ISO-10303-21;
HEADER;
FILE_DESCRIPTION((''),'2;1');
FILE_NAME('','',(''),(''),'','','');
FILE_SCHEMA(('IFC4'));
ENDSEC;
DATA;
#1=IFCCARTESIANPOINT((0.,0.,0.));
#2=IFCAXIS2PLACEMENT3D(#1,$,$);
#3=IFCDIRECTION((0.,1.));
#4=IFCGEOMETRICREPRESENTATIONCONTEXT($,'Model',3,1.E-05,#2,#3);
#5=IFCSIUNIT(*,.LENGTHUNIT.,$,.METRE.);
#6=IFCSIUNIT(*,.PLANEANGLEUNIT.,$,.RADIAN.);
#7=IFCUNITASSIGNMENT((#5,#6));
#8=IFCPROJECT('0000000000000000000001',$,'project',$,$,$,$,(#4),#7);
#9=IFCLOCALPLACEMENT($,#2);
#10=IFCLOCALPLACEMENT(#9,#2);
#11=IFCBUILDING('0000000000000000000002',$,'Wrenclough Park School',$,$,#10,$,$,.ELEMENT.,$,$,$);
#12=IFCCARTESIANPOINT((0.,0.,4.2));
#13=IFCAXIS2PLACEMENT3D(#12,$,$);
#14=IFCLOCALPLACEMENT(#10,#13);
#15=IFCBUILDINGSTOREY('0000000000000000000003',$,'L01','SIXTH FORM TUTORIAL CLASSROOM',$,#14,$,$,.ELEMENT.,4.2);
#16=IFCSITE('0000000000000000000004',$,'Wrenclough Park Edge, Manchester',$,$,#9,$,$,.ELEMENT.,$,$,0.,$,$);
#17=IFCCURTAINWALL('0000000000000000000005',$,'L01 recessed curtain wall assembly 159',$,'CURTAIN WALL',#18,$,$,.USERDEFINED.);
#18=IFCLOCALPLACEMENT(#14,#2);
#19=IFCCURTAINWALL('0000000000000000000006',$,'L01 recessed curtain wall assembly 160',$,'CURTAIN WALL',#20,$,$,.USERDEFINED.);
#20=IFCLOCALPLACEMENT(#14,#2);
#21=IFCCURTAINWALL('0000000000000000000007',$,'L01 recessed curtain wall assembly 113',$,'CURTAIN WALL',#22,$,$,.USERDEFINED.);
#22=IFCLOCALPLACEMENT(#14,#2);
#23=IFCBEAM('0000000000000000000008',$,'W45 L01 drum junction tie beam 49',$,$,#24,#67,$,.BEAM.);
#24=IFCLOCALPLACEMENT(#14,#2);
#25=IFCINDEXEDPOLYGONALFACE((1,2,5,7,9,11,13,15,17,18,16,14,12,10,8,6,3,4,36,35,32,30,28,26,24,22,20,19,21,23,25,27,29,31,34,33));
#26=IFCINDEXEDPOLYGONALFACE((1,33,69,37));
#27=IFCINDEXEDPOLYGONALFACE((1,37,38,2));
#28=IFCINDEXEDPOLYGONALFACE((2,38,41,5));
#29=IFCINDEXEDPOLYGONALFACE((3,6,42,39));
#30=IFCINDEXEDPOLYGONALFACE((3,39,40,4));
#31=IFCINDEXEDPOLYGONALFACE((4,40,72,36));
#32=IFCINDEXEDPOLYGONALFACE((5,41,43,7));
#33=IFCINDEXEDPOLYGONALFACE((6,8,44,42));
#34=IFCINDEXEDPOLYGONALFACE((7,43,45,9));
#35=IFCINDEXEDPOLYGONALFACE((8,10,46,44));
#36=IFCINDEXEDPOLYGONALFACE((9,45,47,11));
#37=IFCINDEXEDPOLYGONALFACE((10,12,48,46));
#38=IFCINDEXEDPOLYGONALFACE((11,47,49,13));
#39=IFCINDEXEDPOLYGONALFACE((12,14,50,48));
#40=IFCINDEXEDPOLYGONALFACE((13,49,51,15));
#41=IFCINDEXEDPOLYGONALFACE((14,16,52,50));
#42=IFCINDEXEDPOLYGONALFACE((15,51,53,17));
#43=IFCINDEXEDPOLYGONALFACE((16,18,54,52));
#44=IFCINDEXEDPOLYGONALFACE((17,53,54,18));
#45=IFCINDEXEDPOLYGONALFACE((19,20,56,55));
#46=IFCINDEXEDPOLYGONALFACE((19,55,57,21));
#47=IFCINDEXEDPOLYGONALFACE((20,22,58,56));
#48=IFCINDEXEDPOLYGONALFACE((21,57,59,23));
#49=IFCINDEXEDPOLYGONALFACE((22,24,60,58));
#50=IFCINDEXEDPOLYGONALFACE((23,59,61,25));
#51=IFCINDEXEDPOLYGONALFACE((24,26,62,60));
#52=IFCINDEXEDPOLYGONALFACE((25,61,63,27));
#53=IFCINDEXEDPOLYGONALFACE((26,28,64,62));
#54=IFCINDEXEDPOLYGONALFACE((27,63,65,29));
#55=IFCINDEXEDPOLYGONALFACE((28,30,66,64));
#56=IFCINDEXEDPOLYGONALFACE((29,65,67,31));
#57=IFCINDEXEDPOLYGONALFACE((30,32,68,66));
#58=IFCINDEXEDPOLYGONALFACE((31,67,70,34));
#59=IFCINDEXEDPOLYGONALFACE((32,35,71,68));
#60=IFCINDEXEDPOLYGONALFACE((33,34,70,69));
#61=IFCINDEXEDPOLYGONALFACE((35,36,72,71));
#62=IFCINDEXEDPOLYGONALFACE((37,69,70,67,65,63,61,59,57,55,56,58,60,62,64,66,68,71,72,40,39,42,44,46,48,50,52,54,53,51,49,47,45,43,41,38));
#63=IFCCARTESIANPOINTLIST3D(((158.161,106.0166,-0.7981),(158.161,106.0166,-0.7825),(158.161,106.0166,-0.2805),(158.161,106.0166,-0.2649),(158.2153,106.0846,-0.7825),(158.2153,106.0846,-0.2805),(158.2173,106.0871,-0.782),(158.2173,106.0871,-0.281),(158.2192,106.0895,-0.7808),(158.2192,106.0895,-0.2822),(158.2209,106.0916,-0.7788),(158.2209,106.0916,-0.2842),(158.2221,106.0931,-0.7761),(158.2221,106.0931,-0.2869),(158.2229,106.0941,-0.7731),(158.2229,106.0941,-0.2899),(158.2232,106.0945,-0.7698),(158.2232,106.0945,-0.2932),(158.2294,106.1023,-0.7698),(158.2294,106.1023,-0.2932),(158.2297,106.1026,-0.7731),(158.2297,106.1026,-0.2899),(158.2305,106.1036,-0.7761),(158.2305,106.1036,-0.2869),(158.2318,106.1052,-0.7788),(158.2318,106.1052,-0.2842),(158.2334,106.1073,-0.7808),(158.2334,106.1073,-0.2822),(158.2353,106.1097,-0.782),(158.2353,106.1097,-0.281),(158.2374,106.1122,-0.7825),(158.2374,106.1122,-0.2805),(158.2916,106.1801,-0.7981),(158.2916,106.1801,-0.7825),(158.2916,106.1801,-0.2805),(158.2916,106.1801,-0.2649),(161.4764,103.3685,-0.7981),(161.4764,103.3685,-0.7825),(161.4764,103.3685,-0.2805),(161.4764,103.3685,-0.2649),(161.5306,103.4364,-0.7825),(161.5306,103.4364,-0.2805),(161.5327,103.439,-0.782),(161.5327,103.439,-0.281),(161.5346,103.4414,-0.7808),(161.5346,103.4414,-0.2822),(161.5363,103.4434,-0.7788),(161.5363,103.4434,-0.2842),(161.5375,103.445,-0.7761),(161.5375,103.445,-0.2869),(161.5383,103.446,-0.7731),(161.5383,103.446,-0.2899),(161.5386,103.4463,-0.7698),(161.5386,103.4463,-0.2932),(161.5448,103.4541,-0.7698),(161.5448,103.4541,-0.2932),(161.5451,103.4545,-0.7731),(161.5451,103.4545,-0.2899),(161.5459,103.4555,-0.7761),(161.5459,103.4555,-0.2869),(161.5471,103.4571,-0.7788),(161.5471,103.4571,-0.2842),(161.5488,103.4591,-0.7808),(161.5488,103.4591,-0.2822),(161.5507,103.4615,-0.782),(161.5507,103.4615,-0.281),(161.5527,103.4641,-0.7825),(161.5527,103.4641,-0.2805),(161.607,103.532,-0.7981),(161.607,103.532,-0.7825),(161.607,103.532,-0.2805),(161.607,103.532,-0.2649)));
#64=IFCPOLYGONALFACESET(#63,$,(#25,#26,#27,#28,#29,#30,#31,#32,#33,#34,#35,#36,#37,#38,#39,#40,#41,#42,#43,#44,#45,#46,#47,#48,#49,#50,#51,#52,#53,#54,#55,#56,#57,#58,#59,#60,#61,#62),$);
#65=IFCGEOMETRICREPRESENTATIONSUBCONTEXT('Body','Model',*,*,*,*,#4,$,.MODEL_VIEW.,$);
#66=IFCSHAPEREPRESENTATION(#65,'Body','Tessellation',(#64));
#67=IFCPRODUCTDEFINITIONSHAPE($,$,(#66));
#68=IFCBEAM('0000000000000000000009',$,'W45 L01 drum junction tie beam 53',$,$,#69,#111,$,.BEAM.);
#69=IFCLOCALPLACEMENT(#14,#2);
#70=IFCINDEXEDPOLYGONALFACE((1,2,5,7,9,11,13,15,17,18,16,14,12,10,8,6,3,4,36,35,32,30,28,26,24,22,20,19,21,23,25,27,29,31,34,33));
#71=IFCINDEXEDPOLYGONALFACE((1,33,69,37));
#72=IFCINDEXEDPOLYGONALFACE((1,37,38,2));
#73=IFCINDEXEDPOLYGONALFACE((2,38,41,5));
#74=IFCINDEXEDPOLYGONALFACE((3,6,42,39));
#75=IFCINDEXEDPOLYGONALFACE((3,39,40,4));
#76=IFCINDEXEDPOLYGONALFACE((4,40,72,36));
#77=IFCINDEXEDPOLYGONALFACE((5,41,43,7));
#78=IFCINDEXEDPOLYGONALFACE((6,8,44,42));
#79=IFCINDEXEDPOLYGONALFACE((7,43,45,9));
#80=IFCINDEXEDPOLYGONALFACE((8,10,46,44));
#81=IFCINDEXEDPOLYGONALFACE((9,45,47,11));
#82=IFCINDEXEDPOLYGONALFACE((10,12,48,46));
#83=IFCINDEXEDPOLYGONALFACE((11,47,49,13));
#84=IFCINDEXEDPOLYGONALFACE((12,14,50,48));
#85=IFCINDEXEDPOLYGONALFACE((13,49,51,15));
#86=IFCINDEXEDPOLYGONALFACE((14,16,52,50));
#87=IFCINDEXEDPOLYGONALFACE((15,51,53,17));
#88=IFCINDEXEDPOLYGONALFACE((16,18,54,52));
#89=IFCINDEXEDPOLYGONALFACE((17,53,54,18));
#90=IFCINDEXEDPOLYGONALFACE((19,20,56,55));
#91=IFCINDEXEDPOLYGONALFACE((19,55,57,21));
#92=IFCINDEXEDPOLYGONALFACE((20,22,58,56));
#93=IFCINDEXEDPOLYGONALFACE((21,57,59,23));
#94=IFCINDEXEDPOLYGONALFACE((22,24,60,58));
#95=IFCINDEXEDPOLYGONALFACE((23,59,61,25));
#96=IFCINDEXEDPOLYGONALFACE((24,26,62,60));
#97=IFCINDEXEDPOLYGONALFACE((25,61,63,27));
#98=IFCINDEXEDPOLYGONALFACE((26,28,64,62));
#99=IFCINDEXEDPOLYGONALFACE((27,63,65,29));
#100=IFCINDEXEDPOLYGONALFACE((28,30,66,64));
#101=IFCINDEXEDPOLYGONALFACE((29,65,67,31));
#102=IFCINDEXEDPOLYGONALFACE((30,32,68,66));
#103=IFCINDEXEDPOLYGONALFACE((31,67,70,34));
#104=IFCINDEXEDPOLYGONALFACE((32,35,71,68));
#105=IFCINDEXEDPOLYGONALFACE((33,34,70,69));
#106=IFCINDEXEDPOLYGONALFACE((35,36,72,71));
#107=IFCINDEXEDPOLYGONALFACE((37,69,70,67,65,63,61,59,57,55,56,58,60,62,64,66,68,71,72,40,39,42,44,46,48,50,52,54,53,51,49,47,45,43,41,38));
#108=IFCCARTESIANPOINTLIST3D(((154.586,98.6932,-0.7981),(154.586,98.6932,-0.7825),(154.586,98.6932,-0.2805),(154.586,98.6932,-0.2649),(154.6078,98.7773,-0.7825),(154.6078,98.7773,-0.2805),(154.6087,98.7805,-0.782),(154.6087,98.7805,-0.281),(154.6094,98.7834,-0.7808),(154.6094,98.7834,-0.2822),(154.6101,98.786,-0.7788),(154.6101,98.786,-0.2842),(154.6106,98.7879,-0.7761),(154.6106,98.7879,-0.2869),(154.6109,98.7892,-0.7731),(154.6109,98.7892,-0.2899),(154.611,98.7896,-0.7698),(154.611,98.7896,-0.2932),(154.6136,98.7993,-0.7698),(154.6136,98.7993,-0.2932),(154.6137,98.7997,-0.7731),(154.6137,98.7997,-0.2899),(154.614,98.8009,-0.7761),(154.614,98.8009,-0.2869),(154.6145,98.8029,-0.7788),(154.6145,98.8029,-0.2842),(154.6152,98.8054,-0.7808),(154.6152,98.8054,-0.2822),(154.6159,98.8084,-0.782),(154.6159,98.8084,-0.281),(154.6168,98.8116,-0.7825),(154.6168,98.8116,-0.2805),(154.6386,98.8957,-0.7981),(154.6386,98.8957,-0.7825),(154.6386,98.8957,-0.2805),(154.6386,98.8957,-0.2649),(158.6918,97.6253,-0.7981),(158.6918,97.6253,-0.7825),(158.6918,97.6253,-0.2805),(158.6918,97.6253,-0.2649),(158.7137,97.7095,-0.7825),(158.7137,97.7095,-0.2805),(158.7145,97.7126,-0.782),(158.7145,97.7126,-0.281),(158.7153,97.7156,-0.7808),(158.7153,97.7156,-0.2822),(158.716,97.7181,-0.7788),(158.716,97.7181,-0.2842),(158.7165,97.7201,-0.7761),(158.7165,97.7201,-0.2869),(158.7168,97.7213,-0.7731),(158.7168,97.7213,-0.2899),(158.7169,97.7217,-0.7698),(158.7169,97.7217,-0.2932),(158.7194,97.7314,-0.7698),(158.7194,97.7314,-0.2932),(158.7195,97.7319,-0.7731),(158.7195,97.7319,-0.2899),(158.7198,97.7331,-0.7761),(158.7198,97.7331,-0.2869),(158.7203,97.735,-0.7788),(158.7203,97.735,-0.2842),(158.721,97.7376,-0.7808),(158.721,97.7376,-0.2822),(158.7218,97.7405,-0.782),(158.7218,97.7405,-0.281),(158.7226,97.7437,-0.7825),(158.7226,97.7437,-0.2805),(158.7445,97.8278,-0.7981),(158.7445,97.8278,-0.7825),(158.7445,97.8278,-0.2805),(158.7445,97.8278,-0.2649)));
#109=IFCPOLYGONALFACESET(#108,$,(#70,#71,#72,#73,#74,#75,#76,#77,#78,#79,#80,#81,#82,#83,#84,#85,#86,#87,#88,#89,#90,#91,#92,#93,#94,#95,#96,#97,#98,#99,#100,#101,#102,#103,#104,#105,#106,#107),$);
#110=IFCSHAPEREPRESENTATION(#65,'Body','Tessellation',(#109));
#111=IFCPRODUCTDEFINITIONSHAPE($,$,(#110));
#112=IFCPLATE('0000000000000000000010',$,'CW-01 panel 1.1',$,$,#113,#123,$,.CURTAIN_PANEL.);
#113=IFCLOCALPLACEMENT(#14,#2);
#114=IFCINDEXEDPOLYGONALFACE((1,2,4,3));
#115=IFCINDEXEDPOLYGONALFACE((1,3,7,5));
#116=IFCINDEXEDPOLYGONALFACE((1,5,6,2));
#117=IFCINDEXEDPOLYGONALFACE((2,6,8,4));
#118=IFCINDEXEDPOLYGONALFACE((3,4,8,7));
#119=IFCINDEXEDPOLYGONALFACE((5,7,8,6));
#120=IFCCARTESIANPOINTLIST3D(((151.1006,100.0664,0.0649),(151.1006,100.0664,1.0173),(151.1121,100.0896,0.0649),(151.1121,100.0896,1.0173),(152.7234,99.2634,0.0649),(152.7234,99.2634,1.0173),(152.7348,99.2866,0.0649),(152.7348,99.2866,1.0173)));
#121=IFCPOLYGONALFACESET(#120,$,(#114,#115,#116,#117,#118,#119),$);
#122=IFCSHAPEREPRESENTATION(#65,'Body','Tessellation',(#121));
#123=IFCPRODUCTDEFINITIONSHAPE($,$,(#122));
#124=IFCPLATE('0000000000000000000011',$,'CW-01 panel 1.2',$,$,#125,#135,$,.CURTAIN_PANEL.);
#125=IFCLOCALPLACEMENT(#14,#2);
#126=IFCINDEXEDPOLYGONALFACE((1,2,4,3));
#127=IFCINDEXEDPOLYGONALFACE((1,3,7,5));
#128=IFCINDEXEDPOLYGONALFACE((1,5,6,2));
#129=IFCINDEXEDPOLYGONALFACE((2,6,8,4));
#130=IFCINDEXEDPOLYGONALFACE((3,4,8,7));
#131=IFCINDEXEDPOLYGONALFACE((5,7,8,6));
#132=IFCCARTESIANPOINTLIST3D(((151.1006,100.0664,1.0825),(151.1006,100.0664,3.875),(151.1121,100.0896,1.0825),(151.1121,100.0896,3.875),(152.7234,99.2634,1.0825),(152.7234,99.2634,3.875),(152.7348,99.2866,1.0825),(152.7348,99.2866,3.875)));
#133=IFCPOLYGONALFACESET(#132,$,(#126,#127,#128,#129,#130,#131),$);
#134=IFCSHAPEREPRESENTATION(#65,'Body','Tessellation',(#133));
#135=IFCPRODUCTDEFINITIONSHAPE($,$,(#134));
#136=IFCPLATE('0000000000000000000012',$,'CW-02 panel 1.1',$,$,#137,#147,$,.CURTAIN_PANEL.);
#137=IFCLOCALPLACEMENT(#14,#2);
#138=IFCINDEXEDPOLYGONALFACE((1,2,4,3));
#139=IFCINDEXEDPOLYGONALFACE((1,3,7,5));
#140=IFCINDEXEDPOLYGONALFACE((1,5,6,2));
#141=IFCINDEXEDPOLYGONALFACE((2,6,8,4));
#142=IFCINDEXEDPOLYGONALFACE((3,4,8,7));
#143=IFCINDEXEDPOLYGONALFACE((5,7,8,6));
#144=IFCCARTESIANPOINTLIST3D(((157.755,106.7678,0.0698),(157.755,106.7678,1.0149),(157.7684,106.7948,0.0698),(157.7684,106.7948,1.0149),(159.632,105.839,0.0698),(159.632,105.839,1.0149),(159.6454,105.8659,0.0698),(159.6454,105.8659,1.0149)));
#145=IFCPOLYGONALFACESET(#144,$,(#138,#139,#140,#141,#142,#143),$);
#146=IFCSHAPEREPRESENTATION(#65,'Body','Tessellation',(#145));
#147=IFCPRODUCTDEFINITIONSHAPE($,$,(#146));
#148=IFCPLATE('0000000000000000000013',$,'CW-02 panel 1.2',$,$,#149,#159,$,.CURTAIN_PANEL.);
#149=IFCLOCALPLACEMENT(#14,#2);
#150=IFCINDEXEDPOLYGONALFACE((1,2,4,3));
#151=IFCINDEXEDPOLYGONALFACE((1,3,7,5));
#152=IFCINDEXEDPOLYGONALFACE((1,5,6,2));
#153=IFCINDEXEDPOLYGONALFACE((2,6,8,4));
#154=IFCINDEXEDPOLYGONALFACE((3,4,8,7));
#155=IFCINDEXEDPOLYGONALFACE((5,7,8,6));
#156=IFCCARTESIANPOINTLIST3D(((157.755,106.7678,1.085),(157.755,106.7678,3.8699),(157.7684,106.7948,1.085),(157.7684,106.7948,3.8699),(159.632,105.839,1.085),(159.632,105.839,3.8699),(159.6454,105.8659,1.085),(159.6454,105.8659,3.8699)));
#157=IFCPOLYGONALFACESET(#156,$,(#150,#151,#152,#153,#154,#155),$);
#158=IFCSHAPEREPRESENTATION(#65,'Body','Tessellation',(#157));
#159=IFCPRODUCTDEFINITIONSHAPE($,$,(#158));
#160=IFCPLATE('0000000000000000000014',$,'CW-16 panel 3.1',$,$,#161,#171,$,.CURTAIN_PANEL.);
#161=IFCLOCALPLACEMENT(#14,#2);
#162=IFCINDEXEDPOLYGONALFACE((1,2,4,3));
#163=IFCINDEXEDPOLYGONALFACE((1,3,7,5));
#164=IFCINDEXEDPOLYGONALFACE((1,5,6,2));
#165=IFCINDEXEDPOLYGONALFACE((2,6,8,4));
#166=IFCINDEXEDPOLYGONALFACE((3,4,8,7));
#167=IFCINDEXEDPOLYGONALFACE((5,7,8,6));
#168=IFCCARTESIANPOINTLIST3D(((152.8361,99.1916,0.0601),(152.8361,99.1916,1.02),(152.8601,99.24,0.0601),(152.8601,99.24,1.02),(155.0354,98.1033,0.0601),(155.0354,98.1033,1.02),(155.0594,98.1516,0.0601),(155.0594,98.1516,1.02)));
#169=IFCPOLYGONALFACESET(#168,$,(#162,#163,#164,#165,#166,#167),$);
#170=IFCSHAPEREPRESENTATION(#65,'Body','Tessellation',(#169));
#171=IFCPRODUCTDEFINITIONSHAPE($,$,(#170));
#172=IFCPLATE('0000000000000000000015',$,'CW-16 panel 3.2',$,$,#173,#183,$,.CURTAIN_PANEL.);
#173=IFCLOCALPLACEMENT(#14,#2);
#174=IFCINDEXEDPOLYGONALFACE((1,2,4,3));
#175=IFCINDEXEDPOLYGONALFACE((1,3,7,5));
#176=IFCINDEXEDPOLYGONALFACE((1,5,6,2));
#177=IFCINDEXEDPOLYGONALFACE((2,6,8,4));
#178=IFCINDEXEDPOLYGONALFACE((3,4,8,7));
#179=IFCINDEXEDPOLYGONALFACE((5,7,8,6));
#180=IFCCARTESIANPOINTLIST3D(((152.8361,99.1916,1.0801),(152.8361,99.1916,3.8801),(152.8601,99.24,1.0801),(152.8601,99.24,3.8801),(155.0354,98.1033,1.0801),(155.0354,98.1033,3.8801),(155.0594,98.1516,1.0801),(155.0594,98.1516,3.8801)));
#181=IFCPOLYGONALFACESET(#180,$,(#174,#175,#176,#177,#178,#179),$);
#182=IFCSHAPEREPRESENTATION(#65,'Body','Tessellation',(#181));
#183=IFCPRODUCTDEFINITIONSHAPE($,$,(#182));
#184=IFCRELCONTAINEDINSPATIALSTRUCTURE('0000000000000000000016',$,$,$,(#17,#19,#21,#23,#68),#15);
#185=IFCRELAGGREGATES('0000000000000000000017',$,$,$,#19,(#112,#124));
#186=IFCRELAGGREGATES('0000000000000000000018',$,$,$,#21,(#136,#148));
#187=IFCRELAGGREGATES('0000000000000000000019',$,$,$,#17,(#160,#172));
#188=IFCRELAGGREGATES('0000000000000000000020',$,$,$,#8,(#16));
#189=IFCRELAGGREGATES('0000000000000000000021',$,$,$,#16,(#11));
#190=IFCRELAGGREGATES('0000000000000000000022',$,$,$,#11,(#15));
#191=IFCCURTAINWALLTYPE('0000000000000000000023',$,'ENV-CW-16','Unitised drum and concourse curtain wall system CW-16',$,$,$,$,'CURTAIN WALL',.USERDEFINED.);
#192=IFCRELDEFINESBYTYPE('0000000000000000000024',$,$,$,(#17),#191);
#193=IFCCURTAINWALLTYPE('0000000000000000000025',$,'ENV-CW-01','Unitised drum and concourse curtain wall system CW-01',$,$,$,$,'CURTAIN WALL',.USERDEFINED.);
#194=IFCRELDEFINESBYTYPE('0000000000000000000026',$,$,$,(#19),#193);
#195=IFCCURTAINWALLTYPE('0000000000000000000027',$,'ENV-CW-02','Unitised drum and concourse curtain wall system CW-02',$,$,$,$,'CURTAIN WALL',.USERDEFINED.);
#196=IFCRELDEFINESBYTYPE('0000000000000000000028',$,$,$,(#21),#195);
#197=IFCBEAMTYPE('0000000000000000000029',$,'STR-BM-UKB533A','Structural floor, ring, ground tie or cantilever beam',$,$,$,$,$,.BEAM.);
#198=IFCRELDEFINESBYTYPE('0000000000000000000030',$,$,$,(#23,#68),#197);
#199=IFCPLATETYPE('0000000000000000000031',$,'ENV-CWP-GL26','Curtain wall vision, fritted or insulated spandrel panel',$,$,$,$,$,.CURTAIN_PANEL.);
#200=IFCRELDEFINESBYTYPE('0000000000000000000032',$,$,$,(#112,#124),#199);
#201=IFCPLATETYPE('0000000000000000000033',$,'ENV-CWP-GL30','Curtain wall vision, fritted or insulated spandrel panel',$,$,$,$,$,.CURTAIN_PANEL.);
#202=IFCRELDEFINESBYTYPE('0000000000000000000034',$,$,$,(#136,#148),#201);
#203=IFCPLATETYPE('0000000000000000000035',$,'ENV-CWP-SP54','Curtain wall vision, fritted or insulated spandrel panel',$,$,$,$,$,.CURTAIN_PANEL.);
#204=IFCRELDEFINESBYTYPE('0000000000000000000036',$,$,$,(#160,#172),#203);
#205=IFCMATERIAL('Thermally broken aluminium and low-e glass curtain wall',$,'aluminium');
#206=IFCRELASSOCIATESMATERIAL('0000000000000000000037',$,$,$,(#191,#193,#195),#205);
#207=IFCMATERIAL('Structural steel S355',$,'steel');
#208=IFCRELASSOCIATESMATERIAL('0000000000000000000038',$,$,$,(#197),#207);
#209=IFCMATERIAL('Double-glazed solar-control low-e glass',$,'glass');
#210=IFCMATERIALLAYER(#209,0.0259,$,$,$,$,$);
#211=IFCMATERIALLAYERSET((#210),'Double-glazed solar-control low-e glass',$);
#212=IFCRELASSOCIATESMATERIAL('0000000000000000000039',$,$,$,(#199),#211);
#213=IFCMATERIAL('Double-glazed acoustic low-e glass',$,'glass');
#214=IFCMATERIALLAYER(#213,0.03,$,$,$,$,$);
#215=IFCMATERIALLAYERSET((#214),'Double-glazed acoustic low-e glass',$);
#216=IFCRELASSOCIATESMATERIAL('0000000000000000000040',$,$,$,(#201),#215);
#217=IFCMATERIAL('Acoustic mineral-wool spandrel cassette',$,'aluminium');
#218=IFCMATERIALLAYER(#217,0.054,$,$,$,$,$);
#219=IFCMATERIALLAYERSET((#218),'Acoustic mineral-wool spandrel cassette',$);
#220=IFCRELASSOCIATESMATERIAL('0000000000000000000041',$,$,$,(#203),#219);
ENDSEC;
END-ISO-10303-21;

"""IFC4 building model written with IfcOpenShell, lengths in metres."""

from ifc_helpers import new_model, si_unit, direction, frame, origin, origin_2d, place, context, subcontext, project, spatial, rectangle, i_section, extrude, material, layer, layer_set, material_profile, profile_set, type_object, element, aggregate, save


model = new_model("IFC4")

# Units and contexts
model_context = context("Model", 3, precision=1e-05, world=origin(), true_north=direction((0.0, 1.0)))
body_context = subcontext(model_context, "Body", "Model", "MODEL_VIEW")
ifc_project = project(units=[si_unit("LENGTHUNIT", "METRE"), si_unit("PLANEANGLEUNIT", "RADIAN")], contexts=[model_context])

# Site, building, storey
site_placement = place(None, origin())
site = spatial("IfcSite", under=ifc_project, at=site_placement, Name="Wrenclough Park Edge, Manchester", CompositionType="ELEMENT", RefElevation=0.0)
building_placement = place(site_placement, origin())
building = spatial("IfcBuilding", under=site, at=building_placement, Name="Wrenclough Park School", CompositionType="ELEMENT")
storey_placement = place(building_placement, frame((0.0, 0.0, 4.2)))
storey = spatial("IfcBuildingStorey", under=building, at=storey_placement, Name="L01", Description="SIXTH FORM TUTORIAL CLASSROOM", CompositionType="ELEMENT", Elevation=4.2)

# Shared definitions
ifc_material_1 = material(Name="Structural steel S355", Category="steel")

# Curtain wall
ifc_material_2 = material(Name="Thermally broken aluminium and low-e glass curtain wall", Category="aluminium")
curtain_wall_type_1 = type_object("IfcCurtainWallType", Name="ENV-CW-16", Description="Unitised drum and concourse curtain wall system CW-16", ElementType="CURTAIN WALL", PredefinedType="USERDEFINED", material=ifc_material_2)
curtain_wall_1_placement = place(storey_placement, origin())
curtain_wall_1 = element("IfcCurtainWall", 1, at=curtain_wall_1_placement, inside=storey, type_object=curtain_wall_type_1, Name="L01 recessed curtain wall assembly 159", ObjectType="CURTAIN WALL", PredefinedType="USERDEFINED")

# Curtain wall
curtain_wall_type_2 = type_object("IfcCurtainWallType", Name="ENV-CW-01", Description="Unitised drum and concourse curtain wall system CW-01", ElementType="CURTAIN WALL", PredefinedType="USERDEFINED", material=ifc_material_2)
curtain_wall_2_placement = place(storey_placement, origin())
curtain_wall_2 = element("IfcCurtainWall", 2, at=curtain_wall_2_placement, inside=storey, type_object=curtain_wall_type_2, Name="L01 recessed curtain wall assembly 160", ObjectType="CURTAIN WALL", PredefinedType="USERDEFINED")

# Curtain wall
curtain_wall_type_3 = type_object("IfcCurtainWallType", Name="ENV-CW-02", Description="Unitised drum and concourse curtain wall system CW-02", ElementType="CURTAIN WALL", PredefinedType="USERDEFINED", material=ifc_material_2)
curtain_wall_3_placement = place(storey_placement, origin())
curtain_wall_3 = element("IfcCurtainWall", 3, at=curtain_wall_3_placement, inside=storey, type_object=curtain_wall_type_3, Name="L01 recessed curtain wall assembly 113", ObjectType="CURTAIN WALL", PredefinedType="USERDEFINED")

# Beams
ifc_material_profile_1 = material_profile(ifc_material_1, i_section(OverallWidth=0.2092, OverallDepth=0.5332, WebThickness=0.01, FlangeThickness=0.0156, FilletRadius=0.0127, at=origin_2d()), Name="UKB 533x210x92")
ifc_profile_set_1 = profile_set([ifc_material_profile_1], Name="Structural steel S355")
beam_type = type_object("IfcBeamType", Name="STR-BM-UKB533A", Description="Structural floor, ring, ground tie or cantilever beam", PredefinedType="BEAM", material=ifc_profile_set_1)
beam_1_placement = place(storey_placement, frame((158.2263, 106.0984, -0.5315), z_axis=(0.781346, -0.624098, 0.0), x_axis=(0.624098, 0.781346, 0.0)))
element("IfcBeam", 4, at=beam_1_placement, inside=storey, type_object=beam_type, Name="W45 L01 drum junction tie beam 49", PredefinedType="BEAM", context=body_context, shape_type="SweptSolid", body=[
    extrude(i_section(OverallWidth=0.2092, OverallDepth=0.5332, WebThickness=0.01, FlangeThickness=0.0156, FilletRadius=0.0127, at=origin_2d()), origin(), (0.0, 0.0, 1.0), 4.2432),
])
beam_2_placement = place(storey_placement, frame((154.6123, 98.7944, -0.5315), z_axis=(0.967804, -0.251705, 0.0), x_axis=(0.251705, 0.967804, 0.0)))
element("IfcBeam", 5, at=beam_2_placement, inside=storey, type_object=beam_type, Name="W45 L01 drum junction tie beam 53", PredefinedType="BEAM", context=body_context, shape_type="SweptSolid", body=[
    extrude(i_section(OverallWidth=0.2092, OverallDepth=0.5332, WebThickness=0.01, FlangeThickness=0.0156, FilletRadius=0.0127, at=origin_2d()), origin(), (0.0, 0.0, 1.0), 4.2424),
])

# Plates
ifc_material_3 = material(Name="Double-glazed solar-control low-e glass", Category="glass")
ifc_layer_1 = layer(ifc_material_3, 0.0259)
ifc_layer_set_1 = layer_set([ifc_layer_1], Name="Double-glazed solar-control low-e glass")
plate_type_1 = type_object("IfcPlateType", Name="ENV-CWP-GL26", Description="Curtain wall vision, fritted or insulated spandrel panel", PredefinedType="CURTAIN_PANEL", material=ifc_layer_set_1)
plate_1_placement = place(storey_placement, frame((151.9177, 99.6765, 0.0649), z_axis=(0.0, 0.0, 1.0), x_axis=(-0.896272, 0.443504, 0.0)))
plate_1 = element("IfcPlate", 6, at=plate_1_placement, type_object=plate_type_1, Name="CW-01 panel 1.1", PredefinedType="CURTAIN_PANEL", context=body_context, shape_type="SweptSolid", body=[
    extrude(rectangle(XDim=1.8105, YDim=0.0259, at=origin_2d()), origin(), (0.0, 0.0, 1.0), 0.9524),
])
plate_2_placement = place(storey_placement, frame((151.9177, 99.6765, 1.0825), z_axis=(0.0, 0.0, 1.0), x_axis=(-0.896272, 0.443504, 0.0)))
plate_2 = element("IfcPlate", 7, at=plate_2_placement, type_object=plate_type_1, Name="CW-01 panel 1.2", PredefinedType="CURTAIN_PANEL", context=body_context, shape_type="SweptSolid", body=[
    extrude(rectangle(XDim=1.8105, YDim=0.0259, at=origin_2d()), origin(), (0.0, 0.0, 1.0), 2.7925),
])
aggregate(curtain_wall_2, [plate_1, plate_2])
ifc_material_4 = material(Name="Double-glazed acoustic low-e glass", Category="glass")
ifc_layer_2 = layer(ifc_material_4, 0.03)
ifc_layer_set_2 = layer_set([ifc_layer_2], Name="Double-glazed acoustic low-e glass")
plate_type_2 = type_object("IfcPlateType", Name="ENV-CWP-GL30", Description="Curtain wall vision, fritted or insulated spandrel panel", PredefinedType="CURTAIN_PANEL", material=ifc_layer_set_2)
plate_3_placement = place(storey_placement, frame((158.7002, 106.3169, 0.0698), z_axis=(0.0, 0.0, 1.0), x_axis=(0.896269, -0.443511, 0.0)))
plate_3 = element("IfcPlate", 8, at=plate_3_placement, type_object=plate_type_2, Name="CW-02 panel 1.1", PredefinedType="CURTAIN_PANEL", context=body_context, shape_type="SweptSolid", body=[
    extrude(rectangle(XDim=2.0942, YDim=0.03, at=origin_2d()), origin(), (0.0, 0.0, 1.0), 0.9451),
])
plate_4_placement = place(storey_placement, frame((158.7002, 106.3169, 1.085), z_axis=(0.0, 0.0, 1.0), x_axis=(0.896269, -0.443511, 0.0)))
plate_4 = element("IfcPlate", 9, at=plate_4_placement, type_object=plate_type_2, Name="CW-02 panel 1.2", PredefinedType="CURTAIN_PANEL", context=body_context, shape_type="SweptSolid", body=[
    extrude(rectangle(XDim=2.0942, YDim=0.03, at=origin_2d()), origin(), (0.0, 0.0, 1.0), 2.7849),
])
aggregate(curtain_wall_3, [plate_3, plate_4])
ifc_material_5 = material(Name="Acoustic mineral-wool spandrel cassette", Category="aluminium")
ifc_layer_3 = layer(ifc_material_5, 0.054)
ifc_layer_set_3 = layer_set([ifc_layer_3], Name="Acoustic mineral-wool spandrel cassette")
plate_type_3 = type_object("IfcPlateType", Name="ENV-CWP-SP54", Description="Curtain wall vision, fritted or insulated spandrel panel", PredefinedType="CURTAIN_PANEL", material=ifc_layer_set_3)
plate_5_placement = place(storey_placement, frame((153.9478, 98.6716, 0.0601), z_axis=(0.0, 0.0, 1.0), x_axis=(-0.896267, 0.443515, 0.0)))
plate_5 = element("IfcPlate", 10, at=plate_5_placement, type_object=plate_type_3, Name="CW-16 panel 3.1", PredefinedType="CURTAIN_PANEL", context=body_context, shape_type="SweptSolid", body=[
    extrude(rectangle(XDim=2.4539, YDim=0.054, at=origin_2d()), origin(), (0.0, 0.0, 1.0), 0.96),
])
plate_6_placement = place(storey_placement, frame((153.9478, 98.6716, 1.0801), z_axis=(0.0, 0.0, 1.0), x_axis=(-0.896267, 0.443515, 0.0)))
plate_6 = element("IfcPlate", 11, at=plate_6_placement, type_object=plate_type_3, Name="CW-16 panel 3.2", PredefinedType="CURTAIN_PANEL", context=body_context, shape_type="SweptSolid", body=[
    extrude(rectangle(XDim=2.4539, YDim=0.054, at=origin_2d()), origin(), (0.0, 0.0, 1.0), 2.8),
])
aggregate(curtain_wall_1, [plate_5, plate_6])

save(model, "model.ifc")
